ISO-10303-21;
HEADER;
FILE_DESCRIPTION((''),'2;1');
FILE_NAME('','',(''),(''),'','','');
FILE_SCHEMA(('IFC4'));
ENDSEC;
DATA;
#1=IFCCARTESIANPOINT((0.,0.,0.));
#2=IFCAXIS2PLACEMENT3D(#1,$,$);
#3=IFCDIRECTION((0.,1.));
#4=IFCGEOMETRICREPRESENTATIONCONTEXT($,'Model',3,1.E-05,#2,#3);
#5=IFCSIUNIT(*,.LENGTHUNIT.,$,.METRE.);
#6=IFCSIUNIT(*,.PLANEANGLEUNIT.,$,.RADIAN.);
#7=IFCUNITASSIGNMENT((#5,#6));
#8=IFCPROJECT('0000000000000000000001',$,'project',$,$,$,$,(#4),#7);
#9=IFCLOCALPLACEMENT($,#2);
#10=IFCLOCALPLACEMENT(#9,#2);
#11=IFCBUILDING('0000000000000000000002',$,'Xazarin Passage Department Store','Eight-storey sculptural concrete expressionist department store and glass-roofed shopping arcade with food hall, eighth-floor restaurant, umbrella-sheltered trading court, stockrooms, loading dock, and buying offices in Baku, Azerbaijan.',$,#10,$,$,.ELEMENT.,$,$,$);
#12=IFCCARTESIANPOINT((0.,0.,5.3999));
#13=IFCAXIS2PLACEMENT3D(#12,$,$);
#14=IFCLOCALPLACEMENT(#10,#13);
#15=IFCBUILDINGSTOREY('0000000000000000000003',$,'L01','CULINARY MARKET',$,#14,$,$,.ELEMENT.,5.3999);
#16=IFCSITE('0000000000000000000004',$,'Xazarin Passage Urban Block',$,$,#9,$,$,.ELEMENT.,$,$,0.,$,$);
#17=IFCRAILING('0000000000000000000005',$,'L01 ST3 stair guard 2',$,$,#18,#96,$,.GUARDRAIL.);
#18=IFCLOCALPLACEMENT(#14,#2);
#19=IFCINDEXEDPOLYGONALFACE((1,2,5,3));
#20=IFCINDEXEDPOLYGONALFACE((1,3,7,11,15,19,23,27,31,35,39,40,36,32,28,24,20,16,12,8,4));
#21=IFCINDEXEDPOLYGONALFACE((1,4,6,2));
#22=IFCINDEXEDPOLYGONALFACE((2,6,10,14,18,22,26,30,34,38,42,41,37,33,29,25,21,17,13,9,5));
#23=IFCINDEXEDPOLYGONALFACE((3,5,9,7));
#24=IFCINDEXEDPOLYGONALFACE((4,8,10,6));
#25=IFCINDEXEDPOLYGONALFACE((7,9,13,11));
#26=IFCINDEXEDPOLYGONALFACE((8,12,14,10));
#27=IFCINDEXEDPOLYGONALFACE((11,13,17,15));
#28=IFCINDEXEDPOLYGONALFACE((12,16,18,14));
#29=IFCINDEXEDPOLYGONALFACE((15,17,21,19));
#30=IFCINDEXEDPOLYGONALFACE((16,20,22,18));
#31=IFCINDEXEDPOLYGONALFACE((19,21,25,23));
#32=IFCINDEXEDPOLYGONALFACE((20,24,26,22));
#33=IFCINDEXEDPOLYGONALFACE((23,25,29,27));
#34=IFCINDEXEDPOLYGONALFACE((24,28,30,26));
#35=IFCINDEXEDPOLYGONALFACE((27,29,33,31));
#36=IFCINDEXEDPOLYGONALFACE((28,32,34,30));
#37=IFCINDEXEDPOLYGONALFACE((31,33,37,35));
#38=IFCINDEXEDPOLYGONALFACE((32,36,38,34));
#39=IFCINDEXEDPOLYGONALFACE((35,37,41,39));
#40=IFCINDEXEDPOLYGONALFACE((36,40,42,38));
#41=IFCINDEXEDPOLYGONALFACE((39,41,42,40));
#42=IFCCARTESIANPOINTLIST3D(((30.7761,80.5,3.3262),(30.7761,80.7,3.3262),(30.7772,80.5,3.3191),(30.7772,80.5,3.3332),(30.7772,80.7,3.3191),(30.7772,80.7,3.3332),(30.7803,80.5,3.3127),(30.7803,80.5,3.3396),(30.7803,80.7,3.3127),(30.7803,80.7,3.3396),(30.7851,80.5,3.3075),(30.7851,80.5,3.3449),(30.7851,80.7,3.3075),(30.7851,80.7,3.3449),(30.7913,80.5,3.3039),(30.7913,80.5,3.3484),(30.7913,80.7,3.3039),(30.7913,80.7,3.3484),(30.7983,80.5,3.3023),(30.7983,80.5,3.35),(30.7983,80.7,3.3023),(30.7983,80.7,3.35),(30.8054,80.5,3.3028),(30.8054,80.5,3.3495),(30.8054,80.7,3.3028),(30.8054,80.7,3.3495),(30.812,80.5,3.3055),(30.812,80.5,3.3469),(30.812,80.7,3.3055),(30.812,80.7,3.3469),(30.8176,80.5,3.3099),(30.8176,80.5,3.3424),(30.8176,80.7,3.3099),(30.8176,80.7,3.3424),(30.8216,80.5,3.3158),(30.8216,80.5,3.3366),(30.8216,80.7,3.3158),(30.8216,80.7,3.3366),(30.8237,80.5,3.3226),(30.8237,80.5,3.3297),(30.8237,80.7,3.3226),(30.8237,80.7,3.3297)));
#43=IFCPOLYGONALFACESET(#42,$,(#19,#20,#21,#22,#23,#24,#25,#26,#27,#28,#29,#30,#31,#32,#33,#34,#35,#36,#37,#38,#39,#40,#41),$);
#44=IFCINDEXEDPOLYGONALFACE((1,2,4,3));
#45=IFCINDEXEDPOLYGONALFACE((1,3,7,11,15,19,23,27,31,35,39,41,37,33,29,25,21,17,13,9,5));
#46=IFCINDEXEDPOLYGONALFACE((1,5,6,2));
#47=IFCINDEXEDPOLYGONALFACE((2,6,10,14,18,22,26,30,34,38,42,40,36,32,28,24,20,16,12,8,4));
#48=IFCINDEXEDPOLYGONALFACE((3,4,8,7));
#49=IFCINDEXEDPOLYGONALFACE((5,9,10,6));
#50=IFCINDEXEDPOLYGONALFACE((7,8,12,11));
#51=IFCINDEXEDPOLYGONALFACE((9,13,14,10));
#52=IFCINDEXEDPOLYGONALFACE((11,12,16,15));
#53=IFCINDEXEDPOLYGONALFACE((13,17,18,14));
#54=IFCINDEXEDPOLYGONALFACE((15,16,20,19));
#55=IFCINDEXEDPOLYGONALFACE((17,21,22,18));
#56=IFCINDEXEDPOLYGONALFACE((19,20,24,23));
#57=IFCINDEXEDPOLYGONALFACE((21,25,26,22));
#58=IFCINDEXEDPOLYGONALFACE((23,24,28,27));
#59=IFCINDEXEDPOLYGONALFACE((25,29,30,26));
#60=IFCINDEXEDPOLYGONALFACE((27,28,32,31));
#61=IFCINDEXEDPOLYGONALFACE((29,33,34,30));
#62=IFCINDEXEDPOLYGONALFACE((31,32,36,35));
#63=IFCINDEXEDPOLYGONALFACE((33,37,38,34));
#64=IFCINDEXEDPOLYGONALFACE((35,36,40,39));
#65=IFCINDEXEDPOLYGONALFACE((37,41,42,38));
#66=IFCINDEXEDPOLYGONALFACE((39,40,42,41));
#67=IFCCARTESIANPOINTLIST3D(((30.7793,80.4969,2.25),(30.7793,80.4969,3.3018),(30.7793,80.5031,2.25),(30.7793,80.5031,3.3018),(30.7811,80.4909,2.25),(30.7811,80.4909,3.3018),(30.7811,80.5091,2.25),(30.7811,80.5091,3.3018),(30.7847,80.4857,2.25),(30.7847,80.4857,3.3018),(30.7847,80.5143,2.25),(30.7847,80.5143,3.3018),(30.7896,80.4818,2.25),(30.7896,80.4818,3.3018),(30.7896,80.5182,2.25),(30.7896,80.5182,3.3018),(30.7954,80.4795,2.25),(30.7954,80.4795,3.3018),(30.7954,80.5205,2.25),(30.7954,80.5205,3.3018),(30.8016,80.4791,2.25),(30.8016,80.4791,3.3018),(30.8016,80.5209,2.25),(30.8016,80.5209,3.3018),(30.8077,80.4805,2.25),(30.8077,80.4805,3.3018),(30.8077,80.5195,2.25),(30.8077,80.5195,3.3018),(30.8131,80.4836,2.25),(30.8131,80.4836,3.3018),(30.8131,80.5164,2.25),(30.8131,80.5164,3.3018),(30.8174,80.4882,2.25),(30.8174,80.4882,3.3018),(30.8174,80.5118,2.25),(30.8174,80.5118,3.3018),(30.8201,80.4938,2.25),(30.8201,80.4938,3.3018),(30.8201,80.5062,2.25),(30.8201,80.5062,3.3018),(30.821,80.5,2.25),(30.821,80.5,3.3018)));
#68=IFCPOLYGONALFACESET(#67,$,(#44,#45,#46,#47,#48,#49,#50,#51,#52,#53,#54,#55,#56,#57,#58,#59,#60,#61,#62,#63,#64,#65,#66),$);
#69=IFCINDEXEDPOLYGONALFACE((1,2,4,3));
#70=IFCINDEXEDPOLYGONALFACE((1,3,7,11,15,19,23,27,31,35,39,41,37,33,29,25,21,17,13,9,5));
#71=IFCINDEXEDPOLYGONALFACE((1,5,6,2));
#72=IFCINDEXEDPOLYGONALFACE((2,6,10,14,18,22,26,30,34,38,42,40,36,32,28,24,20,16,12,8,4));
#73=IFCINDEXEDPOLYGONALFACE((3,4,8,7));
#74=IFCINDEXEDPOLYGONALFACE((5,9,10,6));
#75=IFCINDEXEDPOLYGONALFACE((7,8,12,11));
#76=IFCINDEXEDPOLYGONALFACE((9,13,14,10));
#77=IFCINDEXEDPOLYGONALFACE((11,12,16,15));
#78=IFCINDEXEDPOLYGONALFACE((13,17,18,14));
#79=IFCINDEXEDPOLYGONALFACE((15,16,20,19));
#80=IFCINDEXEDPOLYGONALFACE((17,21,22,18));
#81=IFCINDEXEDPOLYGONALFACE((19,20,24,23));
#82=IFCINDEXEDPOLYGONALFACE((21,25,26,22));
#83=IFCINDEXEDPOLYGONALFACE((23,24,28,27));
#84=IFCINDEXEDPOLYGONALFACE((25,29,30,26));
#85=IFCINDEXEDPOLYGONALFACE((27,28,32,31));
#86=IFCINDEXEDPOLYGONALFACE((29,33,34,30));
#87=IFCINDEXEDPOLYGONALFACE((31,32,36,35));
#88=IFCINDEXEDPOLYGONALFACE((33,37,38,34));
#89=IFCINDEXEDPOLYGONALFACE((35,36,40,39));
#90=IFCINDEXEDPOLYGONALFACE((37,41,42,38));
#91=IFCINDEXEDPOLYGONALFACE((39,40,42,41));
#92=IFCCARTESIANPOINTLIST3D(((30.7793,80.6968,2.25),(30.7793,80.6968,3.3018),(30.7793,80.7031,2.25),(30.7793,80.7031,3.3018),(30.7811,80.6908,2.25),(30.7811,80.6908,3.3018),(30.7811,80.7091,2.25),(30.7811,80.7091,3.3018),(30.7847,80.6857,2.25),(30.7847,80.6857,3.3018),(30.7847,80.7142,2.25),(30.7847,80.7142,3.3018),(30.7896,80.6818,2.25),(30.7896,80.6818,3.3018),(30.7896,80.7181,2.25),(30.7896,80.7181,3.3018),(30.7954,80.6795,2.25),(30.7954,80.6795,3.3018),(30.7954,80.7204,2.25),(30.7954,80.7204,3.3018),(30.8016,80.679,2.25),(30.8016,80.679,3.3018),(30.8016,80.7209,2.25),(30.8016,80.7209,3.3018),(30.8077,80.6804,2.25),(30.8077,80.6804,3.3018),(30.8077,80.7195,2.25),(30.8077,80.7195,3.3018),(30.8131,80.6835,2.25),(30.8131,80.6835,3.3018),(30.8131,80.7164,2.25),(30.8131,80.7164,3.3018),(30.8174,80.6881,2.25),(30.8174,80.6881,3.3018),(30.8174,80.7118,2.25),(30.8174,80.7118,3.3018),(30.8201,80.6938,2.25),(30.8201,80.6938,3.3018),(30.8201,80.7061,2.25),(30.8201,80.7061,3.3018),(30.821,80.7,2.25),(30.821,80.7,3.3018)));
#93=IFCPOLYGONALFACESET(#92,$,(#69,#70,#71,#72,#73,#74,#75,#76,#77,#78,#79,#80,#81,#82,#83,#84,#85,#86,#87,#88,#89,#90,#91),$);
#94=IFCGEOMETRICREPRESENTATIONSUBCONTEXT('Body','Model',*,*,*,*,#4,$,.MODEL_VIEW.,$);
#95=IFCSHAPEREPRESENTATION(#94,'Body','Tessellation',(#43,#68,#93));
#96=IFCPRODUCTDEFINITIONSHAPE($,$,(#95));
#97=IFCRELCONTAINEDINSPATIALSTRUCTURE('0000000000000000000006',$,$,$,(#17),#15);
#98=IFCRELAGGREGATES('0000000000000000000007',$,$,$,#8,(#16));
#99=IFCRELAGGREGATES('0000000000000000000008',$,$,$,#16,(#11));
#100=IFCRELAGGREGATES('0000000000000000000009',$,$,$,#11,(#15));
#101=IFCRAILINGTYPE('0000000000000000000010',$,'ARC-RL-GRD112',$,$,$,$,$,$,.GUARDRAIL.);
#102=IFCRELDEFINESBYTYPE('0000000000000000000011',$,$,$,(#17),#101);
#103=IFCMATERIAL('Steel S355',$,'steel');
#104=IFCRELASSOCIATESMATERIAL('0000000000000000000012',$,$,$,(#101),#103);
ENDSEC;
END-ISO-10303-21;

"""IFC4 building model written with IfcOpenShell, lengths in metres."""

from ifc_helpers import new_model, si_unit, direction, frame, origin, origin_2d, place, context, subcontext, project, spatial, circle, extrude, material, type_object, element, save


model = new_model("IFC4")

# Units and contexts
model_context = context("Model", 3, precision=1e-05, world=origin(), true_north=direction((0.0, 1.0)))
body_context = subcontext(model_context, "Body", "Model", "MODEL_VIEW")
ifc_project = project(units=[si_unit("LENGTHUNIT", "METRE"), si_unit("PLANEANGLEUNIT", "RADIAN")], contexts=[model_context])

# Site, building, storey
site_placement = place(None, origin())
site = spatial("IfcSite", under=ifc_project, at=site_placement, Name="Xazarin Passage Urban Block", CompositionType="ELEMENT", RefElevation=0.0)
building_placement = place(site_placement, origin())
building = spatial("IfcBuilding", under=site, at=building_placement, Name="Xazarin Passage Department Store", Description="Eight-storey sculptural concrete expressionist department store and glass-roofed shopping arcade with food hall, eighth-floor restaurant, umbrella-sheltered trading court, stockrooms, loading dock, and buying offices in Baku, Azerbaijan.", CompositionType="ELEMENT")
storey_placement = place(building_placement, frame((0.0, 0.0, 5.3999)))
storey = spatial("IfcBuildingStorey", under=building, at=storey_placement, Name="L01", Description="CULINARY MARKET", CompositionType="ELEMENT", Elevation=5.3999)

# Shared definitions
ifc_material_1 = material(Name="Steel S355", Category="steel")

# Railing
railing_type_1 = type_object("IfcRailingType", Name="ARC-RL-GRD112", PredefinedType="GUARDRAIL", material=ifc_material_1)
railing_1_placement = place(storey_placement, frame((30.8, 80.5, 2.25)))
element("IfcRailing", 1, at=railing_1_placement, inside=storey, type_object=railing_type_1, Name="L01 ST3 stair guard 2", PredefinedType="GUARDRAIL", context=body_context, shape_type="SweptSolid", body=[
    extrude(circle(Radius=0.0239, at=origin_2d()), frame((0.0, 0.0, 1.0762), z_axis=(0.0, 1.0, 0.0), x_axis=(-1.0, 0.0, 0.0)), (0.0, 0.0, 1.0), 0.2),
    extrude(circle(Radius=0.021, at=origin_2d()), origin(), (0.0, 0.0, 1.0), 1.0518),
    extrude(circle(Radius=0.021, at=origin_2d()), frame((0.0, 0.2, 0.0)), (0.0, 0.0, 1.0), 1.0518),
])

save(model, "model.ifc")
